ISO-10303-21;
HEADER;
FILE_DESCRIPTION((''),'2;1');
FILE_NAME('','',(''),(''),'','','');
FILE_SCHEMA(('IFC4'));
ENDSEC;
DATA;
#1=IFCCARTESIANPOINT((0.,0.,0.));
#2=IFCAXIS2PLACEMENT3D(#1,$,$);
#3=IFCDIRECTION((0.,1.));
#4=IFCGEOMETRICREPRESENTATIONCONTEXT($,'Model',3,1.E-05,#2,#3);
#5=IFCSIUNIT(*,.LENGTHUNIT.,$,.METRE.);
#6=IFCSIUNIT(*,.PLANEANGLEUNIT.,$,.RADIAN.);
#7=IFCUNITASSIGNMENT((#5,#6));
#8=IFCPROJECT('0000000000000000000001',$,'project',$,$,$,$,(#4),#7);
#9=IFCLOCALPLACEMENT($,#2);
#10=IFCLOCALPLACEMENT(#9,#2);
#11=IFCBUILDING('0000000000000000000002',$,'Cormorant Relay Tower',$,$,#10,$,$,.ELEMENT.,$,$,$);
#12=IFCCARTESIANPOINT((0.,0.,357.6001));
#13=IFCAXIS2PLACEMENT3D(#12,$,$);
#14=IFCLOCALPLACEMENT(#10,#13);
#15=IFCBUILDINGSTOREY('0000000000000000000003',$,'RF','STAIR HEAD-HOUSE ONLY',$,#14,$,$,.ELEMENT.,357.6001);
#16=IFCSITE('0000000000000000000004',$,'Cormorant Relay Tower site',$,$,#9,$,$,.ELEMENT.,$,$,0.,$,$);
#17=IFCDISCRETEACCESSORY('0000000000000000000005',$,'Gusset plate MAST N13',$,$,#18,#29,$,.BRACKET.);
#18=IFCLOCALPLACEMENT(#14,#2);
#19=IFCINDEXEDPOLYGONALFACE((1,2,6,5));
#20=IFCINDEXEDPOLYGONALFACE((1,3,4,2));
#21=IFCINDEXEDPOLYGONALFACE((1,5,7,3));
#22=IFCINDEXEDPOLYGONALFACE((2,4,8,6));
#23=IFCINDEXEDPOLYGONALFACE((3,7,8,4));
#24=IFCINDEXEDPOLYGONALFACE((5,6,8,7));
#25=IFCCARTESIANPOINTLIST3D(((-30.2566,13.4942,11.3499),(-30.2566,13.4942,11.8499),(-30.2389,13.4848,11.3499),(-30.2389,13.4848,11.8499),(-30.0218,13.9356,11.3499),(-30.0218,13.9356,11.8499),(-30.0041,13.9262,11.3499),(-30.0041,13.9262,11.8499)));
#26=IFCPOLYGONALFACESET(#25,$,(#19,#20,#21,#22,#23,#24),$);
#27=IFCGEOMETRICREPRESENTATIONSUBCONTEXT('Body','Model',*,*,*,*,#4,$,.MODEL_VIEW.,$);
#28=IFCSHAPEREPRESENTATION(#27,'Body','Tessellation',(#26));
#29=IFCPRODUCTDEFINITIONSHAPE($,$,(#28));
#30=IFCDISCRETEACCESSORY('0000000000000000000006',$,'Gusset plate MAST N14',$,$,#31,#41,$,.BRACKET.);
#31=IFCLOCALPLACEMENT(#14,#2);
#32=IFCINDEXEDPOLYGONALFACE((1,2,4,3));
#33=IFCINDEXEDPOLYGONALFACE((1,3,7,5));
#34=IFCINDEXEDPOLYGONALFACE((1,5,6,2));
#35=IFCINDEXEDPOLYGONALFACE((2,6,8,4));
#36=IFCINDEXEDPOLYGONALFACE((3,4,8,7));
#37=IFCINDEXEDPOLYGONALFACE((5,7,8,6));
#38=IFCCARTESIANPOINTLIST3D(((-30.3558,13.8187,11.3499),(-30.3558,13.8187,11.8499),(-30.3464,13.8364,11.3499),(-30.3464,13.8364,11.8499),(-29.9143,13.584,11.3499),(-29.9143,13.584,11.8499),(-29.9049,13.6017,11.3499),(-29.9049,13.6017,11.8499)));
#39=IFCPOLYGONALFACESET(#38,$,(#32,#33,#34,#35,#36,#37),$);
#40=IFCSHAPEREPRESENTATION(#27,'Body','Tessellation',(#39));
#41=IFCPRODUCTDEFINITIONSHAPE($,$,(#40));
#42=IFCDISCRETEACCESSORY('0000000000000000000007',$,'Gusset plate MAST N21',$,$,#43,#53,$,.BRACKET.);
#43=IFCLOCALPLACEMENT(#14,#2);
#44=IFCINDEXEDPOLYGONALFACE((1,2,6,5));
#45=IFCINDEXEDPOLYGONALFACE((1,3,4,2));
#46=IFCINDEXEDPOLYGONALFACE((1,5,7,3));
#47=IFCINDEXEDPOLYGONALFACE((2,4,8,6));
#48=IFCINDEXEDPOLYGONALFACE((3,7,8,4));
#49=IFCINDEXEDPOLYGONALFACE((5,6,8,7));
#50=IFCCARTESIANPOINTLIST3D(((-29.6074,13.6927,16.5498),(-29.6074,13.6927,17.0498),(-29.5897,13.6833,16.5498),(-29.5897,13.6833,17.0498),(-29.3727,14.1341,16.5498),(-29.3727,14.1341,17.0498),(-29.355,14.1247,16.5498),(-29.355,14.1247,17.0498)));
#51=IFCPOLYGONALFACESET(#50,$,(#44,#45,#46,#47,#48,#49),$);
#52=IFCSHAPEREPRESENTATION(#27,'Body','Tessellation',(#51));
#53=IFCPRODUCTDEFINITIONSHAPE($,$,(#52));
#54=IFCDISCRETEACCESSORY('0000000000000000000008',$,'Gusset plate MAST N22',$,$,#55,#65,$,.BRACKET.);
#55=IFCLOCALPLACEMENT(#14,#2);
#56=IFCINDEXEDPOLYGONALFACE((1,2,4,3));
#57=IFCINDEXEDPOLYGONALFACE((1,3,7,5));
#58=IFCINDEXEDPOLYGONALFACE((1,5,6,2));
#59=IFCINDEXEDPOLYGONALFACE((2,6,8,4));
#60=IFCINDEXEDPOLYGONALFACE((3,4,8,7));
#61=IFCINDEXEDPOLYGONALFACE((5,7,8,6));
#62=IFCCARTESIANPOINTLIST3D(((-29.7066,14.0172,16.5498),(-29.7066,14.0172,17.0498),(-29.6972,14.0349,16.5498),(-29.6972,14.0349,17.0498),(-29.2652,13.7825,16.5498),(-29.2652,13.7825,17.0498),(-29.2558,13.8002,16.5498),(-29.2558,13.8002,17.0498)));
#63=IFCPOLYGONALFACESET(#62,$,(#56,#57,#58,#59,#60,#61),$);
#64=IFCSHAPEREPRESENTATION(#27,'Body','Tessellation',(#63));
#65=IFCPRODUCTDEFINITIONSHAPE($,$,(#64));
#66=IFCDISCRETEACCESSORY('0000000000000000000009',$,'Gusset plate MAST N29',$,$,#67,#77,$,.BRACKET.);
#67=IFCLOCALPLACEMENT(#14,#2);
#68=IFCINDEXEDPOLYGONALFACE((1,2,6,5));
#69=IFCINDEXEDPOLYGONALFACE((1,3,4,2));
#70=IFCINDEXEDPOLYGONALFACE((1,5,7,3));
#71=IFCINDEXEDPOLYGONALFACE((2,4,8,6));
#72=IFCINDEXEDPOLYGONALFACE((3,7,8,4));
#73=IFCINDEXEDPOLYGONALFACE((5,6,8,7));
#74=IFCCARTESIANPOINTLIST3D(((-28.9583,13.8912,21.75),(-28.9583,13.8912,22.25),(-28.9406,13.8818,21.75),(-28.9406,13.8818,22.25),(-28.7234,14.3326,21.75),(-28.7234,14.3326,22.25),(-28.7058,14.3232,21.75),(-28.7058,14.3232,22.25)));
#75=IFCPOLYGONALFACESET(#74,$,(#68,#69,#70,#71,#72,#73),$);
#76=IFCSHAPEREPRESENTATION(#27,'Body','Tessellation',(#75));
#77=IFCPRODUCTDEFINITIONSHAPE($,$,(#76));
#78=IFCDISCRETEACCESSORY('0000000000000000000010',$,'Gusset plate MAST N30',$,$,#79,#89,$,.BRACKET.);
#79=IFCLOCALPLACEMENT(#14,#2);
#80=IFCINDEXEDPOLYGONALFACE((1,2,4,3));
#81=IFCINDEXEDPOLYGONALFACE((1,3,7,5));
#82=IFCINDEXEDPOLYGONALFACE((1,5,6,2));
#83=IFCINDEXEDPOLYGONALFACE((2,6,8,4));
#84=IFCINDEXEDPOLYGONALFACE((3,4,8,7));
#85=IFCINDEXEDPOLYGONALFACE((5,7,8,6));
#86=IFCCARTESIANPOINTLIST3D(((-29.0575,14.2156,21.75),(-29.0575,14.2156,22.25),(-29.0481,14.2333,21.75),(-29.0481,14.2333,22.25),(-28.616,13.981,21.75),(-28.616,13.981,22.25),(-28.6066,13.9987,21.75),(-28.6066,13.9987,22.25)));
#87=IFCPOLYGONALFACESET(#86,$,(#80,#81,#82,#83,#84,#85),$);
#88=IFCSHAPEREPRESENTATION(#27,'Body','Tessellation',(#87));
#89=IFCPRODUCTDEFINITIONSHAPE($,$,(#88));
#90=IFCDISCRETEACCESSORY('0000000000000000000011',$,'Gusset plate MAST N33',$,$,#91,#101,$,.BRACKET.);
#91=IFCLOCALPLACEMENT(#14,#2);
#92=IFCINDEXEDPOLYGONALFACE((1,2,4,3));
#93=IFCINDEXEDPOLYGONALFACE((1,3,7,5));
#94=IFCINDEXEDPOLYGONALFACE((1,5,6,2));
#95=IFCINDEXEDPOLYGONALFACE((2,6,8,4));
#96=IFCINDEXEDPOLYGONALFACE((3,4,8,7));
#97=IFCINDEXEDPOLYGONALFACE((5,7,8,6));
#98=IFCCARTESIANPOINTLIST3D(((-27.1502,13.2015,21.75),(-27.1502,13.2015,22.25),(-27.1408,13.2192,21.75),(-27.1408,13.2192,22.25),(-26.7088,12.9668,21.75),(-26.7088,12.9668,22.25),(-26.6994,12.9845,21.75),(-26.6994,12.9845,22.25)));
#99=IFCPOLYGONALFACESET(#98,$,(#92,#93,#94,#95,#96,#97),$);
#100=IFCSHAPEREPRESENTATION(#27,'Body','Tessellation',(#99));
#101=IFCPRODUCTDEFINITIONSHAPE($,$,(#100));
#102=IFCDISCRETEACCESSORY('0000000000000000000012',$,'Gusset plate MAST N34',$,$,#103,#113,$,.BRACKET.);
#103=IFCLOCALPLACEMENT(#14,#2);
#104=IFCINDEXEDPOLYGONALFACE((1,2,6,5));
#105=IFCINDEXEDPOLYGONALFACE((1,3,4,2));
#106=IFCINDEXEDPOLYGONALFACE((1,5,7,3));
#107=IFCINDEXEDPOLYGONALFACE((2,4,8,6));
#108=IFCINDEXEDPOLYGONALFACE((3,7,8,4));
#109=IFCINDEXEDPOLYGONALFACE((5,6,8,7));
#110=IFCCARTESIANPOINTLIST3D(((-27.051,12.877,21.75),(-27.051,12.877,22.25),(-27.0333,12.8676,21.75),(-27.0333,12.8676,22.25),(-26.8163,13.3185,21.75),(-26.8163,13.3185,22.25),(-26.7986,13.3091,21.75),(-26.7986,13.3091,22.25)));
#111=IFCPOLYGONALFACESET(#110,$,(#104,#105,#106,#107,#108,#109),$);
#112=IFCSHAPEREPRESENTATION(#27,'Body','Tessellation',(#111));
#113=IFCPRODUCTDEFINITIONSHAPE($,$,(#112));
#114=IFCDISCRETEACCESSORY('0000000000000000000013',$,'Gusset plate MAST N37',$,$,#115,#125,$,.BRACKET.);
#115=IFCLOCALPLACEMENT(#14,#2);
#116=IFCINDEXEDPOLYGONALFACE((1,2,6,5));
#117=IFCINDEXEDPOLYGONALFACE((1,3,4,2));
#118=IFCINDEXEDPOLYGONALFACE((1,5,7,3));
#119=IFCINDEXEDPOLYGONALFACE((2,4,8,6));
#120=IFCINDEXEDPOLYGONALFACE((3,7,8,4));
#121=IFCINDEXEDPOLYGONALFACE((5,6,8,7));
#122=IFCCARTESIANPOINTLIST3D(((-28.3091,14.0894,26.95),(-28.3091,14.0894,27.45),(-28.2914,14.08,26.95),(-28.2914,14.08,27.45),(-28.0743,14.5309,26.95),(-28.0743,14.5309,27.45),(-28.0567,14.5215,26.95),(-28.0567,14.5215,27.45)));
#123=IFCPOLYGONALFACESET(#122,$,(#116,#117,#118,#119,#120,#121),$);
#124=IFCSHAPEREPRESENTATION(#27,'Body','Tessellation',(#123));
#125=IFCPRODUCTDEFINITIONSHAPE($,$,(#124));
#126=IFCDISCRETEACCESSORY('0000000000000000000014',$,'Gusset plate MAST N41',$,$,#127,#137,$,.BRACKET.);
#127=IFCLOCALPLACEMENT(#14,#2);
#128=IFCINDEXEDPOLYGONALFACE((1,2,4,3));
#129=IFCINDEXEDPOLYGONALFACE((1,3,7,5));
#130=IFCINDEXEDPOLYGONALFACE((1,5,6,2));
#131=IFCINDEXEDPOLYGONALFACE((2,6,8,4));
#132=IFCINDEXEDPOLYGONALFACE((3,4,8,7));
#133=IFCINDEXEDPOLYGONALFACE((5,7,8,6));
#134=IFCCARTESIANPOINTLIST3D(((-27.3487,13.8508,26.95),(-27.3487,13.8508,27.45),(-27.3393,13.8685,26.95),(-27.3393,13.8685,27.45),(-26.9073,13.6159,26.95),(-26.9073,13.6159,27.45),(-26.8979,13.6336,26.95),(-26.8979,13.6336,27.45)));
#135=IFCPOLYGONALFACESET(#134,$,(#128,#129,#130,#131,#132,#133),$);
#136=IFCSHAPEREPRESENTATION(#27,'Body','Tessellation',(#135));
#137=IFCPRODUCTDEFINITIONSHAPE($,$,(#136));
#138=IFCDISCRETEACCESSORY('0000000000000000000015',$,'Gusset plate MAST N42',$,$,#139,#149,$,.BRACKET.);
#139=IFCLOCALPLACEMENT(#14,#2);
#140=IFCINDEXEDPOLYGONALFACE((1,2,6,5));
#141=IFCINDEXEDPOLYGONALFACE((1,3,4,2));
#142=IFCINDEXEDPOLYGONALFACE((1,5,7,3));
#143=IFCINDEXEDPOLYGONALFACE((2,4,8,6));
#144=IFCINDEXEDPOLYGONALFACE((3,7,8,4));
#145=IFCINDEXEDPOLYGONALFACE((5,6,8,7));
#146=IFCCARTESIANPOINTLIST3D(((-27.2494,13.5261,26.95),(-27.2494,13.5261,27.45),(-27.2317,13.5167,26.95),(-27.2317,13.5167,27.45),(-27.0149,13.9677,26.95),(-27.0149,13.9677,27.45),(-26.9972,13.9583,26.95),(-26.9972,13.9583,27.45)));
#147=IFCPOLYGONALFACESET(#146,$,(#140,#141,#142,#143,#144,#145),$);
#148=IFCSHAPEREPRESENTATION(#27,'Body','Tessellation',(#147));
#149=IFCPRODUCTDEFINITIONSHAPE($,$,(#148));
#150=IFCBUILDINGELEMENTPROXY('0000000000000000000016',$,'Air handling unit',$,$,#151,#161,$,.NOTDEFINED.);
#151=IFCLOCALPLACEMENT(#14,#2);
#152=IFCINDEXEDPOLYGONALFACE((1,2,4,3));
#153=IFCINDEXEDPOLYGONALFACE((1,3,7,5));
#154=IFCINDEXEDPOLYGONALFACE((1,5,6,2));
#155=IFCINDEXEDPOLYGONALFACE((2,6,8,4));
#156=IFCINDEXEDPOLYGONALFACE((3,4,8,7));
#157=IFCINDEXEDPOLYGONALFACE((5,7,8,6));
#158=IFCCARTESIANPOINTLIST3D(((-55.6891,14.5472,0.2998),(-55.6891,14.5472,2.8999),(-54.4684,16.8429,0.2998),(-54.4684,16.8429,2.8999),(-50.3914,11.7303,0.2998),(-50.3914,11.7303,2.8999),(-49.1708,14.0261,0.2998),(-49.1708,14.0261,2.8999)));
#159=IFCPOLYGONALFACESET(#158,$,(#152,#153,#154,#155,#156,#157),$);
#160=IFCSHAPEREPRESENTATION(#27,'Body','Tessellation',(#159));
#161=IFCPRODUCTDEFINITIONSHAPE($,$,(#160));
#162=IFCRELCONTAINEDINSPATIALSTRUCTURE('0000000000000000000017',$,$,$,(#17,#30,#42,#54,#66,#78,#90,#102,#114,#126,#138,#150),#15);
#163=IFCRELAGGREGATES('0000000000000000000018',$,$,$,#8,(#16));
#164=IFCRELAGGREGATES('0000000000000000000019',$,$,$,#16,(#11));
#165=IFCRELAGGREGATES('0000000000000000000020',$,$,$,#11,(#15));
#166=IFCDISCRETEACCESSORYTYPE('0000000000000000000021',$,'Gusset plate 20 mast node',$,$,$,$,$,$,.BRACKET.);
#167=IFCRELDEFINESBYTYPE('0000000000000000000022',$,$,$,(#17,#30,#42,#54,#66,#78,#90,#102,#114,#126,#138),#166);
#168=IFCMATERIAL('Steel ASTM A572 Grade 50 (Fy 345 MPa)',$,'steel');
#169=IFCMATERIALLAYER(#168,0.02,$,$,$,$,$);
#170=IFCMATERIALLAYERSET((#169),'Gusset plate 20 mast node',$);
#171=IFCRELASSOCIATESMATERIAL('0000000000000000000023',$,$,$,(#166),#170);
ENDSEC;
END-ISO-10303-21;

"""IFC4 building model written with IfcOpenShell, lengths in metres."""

from ifc_helpers import new_model, si_unit, direction, frame, origin, origin_2d, place, context, subcontext, project, spatial, rectangle, extrude, material, layer, layer_set, type_object, element, save


model = new_model("IFC4")

# Units and contexts
model_context = context("Model", 3, precision=1e-05, world=origin(), true_north=direction((0.0, 1.0)))
body_context = subcontext(model_context, "Body", "Model", "MODEL_VIEW")
ifc_project = project(units=[si_unit("LENGTHUNIT", "METRE"), si_unit("PLANEANGLEUNIT", "RADIAN")], contexts=[model_context])

# Site, building, storey
site_placement = place(None, origin())
site = spatial("IfcSite", under=ifc_project, at=site_placement, Name="Cormorant Relay Tower site", CompositionType="ELEMENT", RefElevation=0.0)
building_placement = place(site_placement, origin())
building = spatial("IfcBuilding", under=site, at=building_placement, Name="Cormorant Relay Tower", CompositionType="ELEMENT")
storey_placement = place(building_placement, frame((0.0, 0.0, 357.6001)))
storey = spatial("IfcBuildingStorey", under=building, at=storey_placement, Name="RF", Description="STAIR HEAD-HOUSE ONLY", CompositionType="ELEMENT", Elevation=357.6001)

# Discrete accessories
ifc_material_1 = material(Name="Steel ASTM A572 Grade 50 (Fy 345 MPa)", Category="steel")
ifc_layer_1 = layer(ifc_material_1, 0.02)
ifc_layer_set_1 = layer_set([ifc_layer_1], Name="Gusset plate 20 mast node")
discrete_accessory_type = type_object("IfcDiscreteAccessoryType", Name="Gusset plate 20 mast node", PredefinedType="BRACKET", material=ifc_layer_set_1)
for number, where, z_axis, x_axis, name in (
    (1, (-30.1304, 13.7102, 11.3499), (0.0, 0.0, 1.0), (0.469636, 0.88286, 0.0), "Gusset plate MAST N13"),
    (2, (-30.1304, 13.7102, 11.3499), (0.0, 0.0, 1.0), (-0.883034, 0.46931, 0.0), "Gusset plate MAST N14"),
    (3, (-29.4812, 13.9087, 16.5498), (0.0, 0.0, 1.0), (0.469458, 0.882955, 0.0), "Gusset plate MAST N21"),
    (4, (-29.4812, 13.9087, 16.5498), (0.0, 0.0, 1.0), (-0.882934, 0.469496, 0.0), "Gusset plate MAST N22"),
    (5, (-28.832, 14.1072, 21.75), (0.0, 0.0, 1.0), (0.46974, 0.882805, 0.0), "Gusset plate MAST N29"),
    (6, (-28.832, 14.1072, 21.75), (0.0, 0.0, 1.0), (-0.883072, 0.469237, 0.0), "Gusset plate MAST N30"),
    (7, (-26.9248, 13.093, 21.75), (0.0, 0.0, 1.0), (-0.882943, 0.469481, 0.0), "Gusset plate MAST N33"),
    (8, (-26.9248, 13.093, 21.75), (0.0, 0.0, 1.0), (0.469444, 0.882962, 0.0), "Gusset plate MAST N34"),
    (9, (-28.1829, 14.3054, 26.95), (0.0, 0.0, 1.0), (0.469407, 0.882982, 0.0), "Gusset plate MAST N37"),
    (10, (-27.1233, 13.7422, 26.95), (0.0, 0.0, 1.0), (-0.882748, 0.469848, 0.0), "Gusset plate MAST N41"),
    (11, (-27.1233, 13.7422, 26.95), (0.0, 0.0, 1.0), (0.469082, 0.883155, 0.0), "Gusset plate MAST N42"),
):
    element("IfcDiscreteAccessory", number, at=place(storey_placement, frame(where, z_axis=z_axis, x_axis=x_axis)), inside=storey, type_object=discrete_accessory_type, Name=name, PredefinedType="BRACKET", context=body_context, shape_type="SweptSolid", body=[
        extrude(rectangle(XDim=0.5, YDim=0.02, at=origin_2d()), origin(), (0.0, 0.0, 1.0), 0.5),
    ])

# Building element proxy
proxy_placement = place(storey_placement, frame((-52.4299, 14.2866, 0.2998), z_axis=(0.0, 0.0, 1.0), x_axis=(-0.882948, 0.469472, 0.0)))
element("IfcBuildingElementProxy", 12, at=proxy_placement, inside=storey, Name="Air handling unit", PredefinedType="NOTDEFINED", context=body_context, shape_type="SweptSolid", body=[
    extrude(rectangle(XDim=6.0, YDim=2.6001, at=origin_2d()), origin(), (0.0, 0.0, 1.0), 2.6001),
])

save(model, "model.ifc")
